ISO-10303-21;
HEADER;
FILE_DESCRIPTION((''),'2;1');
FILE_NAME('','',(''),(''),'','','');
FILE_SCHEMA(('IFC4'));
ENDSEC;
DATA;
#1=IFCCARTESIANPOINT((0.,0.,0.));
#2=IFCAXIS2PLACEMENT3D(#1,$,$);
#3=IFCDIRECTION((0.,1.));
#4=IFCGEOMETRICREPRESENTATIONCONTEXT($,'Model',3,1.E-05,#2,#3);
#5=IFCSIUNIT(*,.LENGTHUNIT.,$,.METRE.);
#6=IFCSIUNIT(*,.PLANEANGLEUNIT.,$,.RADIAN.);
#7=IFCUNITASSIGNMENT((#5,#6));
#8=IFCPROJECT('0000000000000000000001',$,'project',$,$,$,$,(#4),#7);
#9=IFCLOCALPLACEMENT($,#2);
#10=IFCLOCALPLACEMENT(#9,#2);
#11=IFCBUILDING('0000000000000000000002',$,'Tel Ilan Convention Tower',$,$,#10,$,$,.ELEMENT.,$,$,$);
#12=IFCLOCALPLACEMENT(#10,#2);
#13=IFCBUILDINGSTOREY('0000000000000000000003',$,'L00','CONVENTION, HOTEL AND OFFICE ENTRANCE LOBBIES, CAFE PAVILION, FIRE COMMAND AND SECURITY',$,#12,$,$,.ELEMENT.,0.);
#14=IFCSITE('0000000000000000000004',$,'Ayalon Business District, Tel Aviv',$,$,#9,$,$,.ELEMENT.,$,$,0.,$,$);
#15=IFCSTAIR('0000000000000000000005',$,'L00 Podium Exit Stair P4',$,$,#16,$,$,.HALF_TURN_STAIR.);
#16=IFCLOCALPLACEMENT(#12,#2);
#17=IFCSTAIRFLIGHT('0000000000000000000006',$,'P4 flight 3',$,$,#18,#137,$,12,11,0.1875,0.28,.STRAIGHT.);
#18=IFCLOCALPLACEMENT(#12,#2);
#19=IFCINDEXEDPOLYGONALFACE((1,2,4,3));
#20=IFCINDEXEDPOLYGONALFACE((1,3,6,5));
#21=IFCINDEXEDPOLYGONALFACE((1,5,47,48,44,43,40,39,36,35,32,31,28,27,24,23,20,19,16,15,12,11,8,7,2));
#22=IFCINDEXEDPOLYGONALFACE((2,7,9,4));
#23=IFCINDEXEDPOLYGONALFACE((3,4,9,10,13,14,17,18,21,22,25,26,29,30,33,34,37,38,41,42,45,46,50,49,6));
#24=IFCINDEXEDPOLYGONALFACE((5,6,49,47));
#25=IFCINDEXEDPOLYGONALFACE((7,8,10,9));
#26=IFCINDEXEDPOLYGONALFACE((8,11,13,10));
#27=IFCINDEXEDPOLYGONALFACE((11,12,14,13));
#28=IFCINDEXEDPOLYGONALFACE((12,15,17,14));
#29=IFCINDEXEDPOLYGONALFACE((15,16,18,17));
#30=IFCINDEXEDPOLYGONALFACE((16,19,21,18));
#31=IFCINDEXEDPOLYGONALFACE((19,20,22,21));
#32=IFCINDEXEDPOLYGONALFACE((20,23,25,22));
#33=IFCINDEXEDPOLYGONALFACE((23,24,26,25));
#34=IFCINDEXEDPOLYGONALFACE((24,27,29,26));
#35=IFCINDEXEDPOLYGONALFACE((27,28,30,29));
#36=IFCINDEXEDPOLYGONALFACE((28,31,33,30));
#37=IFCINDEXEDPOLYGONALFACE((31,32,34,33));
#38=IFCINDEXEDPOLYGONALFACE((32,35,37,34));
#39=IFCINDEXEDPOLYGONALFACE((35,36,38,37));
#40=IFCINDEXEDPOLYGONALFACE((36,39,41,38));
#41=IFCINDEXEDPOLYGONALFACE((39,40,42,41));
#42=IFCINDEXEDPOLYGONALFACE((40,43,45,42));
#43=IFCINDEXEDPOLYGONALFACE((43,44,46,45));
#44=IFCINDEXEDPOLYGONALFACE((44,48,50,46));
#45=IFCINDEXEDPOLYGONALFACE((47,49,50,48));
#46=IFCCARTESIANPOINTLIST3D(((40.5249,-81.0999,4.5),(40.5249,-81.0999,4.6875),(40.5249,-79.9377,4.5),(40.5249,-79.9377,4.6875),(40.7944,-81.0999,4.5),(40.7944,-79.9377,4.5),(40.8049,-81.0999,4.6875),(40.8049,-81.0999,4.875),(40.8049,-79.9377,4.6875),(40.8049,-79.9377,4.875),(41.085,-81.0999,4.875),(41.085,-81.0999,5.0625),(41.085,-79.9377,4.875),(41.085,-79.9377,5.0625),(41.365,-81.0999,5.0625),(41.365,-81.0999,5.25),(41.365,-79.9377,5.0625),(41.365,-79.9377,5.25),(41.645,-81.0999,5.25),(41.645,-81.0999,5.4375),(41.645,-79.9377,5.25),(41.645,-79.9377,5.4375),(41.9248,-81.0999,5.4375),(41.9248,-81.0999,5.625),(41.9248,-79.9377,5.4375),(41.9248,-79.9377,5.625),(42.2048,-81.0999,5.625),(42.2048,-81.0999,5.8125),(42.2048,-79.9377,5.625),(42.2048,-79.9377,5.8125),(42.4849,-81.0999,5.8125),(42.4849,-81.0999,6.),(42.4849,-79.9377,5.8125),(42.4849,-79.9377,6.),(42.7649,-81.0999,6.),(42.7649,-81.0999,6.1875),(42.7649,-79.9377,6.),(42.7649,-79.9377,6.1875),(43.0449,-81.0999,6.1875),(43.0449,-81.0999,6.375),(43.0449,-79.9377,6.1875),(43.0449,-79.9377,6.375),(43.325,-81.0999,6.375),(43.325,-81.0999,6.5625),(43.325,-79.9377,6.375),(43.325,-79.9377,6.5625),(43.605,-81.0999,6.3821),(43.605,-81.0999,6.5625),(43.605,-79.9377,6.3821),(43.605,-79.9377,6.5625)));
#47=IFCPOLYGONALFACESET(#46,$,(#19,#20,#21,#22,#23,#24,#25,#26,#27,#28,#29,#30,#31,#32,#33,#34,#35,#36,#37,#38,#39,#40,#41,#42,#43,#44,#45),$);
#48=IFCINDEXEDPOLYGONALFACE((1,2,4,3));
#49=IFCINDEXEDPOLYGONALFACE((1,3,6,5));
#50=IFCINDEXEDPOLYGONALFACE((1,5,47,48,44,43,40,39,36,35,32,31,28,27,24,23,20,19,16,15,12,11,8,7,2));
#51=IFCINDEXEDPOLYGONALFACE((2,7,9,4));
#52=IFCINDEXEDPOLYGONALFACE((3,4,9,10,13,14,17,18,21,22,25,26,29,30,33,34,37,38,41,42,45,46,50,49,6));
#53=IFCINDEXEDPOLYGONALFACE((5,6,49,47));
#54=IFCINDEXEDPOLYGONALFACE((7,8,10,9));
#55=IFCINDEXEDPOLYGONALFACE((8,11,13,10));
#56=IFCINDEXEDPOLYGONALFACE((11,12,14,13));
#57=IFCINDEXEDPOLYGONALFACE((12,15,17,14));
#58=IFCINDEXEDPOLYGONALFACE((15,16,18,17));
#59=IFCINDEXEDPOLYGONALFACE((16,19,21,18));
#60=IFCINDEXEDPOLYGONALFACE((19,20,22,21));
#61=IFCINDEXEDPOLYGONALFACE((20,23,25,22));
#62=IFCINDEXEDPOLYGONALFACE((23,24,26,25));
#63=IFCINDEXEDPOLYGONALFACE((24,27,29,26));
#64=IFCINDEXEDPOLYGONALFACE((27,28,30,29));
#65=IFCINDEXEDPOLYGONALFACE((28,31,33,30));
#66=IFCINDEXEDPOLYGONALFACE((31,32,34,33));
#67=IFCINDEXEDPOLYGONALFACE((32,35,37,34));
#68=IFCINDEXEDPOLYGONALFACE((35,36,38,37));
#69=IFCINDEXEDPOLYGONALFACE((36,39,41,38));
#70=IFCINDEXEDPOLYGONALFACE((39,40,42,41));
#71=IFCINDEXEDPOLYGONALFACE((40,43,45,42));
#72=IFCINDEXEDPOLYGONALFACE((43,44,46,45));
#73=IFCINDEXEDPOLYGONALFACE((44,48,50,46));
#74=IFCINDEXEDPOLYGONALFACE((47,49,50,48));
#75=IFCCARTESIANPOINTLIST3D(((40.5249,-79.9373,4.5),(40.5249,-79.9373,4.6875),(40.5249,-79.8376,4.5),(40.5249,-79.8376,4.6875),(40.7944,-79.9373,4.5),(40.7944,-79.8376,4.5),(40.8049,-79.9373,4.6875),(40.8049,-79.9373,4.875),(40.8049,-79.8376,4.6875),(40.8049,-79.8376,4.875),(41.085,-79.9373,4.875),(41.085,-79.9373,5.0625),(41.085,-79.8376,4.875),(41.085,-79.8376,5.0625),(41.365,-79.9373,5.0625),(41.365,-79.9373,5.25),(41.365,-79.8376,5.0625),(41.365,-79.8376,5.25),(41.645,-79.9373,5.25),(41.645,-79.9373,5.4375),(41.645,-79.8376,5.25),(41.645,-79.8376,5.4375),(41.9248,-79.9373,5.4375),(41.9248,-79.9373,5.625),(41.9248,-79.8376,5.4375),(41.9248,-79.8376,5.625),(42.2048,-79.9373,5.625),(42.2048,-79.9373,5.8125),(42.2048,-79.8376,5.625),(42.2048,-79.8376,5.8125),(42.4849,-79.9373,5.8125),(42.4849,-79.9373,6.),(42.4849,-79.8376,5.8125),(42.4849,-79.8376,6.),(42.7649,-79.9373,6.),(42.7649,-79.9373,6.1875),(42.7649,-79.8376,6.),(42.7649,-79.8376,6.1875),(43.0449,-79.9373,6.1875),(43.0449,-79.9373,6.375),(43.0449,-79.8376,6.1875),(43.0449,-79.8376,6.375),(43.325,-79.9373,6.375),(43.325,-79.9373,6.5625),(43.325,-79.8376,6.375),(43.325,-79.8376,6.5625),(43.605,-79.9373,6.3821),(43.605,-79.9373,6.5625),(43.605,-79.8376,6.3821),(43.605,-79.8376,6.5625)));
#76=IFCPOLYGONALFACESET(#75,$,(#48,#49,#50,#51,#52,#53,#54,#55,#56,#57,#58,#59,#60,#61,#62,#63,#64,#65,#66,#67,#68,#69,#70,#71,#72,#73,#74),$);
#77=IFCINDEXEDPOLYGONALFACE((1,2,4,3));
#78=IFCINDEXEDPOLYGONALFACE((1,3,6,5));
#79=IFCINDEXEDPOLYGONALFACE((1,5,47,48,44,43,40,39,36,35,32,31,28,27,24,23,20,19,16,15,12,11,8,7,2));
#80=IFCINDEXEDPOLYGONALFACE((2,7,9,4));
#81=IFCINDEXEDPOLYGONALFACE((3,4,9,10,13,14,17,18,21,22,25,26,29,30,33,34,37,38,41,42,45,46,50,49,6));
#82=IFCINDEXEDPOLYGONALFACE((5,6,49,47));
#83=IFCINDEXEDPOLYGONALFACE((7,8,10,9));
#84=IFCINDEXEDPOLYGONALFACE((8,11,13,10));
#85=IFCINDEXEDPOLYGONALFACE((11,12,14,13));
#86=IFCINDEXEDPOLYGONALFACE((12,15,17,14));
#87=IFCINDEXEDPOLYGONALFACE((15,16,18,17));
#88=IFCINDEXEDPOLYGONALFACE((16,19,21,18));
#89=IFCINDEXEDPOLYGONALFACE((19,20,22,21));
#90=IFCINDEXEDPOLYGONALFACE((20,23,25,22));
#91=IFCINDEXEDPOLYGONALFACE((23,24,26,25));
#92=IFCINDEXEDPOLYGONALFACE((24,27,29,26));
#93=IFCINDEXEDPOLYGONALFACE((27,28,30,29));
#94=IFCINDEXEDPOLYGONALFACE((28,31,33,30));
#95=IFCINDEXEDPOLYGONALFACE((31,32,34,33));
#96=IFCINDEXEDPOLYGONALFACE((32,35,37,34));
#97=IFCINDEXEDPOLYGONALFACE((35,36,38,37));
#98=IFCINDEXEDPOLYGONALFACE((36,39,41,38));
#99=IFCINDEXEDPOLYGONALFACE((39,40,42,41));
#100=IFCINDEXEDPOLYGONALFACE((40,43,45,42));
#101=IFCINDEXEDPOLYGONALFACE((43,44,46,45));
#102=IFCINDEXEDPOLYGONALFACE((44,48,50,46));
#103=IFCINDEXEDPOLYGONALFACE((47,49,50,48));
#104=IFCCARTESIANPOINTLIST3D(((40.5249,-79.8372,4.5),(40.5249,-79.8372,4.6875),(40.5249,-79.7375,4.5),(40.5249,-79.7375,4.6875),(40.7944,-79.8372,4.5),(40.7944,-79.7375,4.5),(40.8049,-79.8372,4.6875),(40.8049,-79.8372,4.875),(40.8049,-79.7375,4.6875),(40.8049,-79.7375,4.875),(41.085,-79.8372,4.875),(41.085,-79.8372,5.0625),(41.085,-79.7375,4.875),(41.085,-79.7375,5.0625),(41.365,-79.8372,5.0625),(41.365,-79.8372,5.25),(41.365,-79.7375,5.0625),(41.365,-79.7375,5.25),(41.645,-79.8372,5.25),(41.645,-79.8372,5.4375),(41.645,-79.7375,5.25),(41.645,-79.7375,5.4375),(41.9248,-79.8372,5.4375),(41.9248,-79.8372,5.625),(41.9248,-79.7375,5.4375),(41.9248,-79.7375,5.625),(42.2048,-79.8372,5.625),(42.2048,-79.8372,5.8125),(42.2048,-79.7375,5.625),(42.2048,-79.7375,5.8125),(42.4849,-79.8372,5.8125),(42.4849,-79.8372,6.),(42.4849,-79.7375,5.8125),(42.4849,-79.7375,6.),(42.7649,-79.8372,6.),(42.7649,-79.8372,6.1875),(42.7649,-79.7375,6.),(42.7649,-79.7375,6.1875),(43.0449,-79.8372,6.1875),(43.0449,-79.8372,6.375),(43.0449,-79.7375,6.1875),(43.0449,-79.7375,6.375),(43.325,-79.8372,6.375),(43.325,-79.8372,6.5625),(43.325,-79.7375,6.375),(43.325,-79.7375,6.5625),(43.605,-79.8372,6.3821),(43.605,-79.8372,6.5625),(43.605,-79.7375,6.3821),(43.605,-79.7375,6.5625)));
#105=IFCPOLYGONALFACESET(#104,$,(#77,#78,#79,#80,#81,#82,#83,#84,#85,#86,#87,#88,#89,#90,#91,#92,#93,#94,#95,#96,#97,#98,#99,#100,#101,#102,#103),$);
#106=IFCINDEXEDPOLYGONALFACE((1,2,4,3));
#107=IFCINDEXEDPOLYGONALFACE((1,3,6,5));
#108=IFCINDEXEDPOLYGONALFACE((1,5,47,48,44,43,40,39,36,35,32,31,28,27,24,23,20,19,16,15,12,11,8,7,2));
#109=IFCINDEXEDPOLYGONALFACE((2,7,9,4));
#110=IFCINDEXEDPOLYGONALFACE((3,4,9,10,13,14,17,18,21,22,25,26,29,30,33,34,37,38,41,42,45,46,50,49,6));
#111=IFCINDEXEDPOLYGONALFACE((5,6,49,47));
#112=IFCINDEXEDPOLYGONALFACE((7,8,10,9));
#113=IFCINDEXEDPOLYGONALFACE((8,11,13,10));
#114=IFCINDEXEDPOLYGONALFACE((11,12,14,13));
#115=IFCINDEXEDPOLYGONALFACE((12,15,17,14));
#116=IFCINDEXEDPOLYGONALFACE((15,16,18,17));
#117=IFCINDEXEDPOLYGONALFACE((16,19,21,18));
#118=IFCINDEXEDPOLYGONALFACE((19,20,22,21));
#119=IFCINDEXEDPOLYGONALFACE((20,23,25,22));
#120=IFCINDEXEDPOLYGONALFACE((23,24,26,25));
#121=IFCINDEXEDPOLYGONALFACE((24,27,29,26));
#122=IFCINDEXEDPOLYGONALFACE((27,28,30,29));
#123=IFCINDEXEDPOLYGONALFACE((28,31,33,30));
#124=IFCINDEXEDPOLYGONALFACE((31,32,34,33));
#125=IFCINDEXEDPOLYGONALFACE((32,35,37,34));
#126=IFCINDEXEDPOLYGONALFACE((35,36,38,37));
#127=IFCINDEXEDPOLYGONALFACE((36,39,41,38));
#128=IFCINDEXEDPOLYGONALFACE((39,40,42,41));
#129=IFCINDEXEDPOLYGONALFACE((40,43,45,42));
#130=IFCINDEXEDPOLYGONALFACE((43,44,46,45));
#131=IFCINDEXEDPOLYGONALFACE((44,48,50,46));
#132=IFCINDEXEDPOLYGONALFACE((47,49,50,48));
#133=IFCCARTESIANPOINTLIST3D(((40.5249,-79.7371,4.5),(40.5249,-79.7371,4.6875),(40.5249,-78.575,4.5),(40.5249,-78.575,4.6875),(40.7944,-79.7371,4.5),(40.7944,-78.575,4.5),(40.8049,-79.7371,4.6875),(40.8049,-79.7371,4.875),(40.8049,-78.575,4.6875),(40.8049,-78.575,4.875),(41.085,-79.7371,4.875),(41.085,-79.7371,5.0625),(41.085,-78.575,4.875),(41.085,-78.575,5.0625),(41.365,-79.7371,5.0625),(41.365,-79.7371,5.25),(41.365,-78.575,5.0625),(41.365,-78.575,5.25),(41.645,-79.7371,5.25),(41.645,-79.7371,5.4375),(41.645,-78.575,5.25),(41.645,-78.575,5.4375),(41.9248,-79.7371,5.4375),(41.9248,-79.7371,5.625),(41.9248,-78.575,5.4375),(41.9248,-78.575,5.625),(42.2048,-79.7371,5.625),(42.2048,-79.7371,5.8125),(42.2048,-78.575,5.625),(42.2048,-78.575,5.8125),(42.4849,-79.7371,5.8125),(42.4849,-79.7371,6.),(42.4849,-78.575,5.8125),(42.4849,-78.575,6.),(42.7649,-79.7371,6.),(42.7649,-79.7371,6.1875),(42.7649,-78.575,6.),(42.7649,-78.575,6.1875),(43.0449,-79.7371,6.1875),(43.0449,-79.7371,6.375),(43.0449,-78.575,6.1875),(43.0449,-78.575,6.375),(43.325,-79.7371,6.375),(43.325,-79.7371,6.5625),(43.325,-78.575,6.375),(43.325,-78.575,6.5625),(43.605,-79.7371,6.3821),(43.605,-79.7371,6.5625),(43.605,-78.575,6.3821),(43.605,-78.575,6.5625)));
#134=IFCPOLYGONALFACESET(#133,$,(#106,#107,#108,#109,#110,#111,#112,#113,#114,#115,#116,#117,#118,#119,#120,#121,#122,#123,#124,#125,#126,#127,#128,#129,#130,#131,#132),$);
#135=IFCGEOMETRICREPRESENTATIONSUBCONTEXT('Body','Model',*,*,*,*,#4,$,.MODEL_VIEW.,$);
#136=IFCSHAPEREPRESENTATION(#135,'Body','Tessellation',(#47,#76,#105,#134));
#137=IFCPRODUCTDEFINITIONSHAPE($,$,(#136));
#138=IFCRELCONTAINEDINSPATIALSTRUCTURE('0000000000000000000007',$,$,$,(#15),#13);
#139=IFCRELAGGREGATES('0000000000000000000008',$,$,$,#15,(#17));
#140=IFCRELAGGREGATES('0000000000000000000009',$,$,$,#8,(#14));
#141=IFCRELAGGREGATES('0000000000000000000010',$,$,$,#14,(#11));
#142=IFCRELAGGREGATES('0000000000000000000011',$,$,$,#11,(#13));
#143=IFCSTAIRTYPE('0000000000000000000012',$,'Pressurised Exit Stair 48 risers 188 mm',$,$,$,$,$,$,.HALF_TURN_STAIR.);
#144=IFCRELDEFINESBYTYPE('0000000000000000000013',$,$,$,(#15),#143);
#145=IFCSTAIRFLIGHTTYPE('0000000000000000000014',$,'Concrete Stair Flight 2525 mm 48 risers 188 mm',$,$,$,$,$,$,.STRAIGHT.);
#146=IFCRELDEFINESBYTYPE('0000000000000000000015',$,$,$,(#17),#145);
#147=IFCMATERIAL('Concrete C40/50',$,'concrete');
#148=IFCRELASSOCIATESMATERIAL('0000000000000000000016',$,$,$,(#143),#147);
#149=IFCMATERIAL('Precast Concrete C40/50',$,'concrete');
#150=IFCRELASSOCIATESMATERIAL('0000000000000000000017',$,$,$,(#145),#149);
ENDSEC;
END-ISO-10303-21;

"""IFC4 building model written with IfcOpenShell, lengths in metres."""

from ifc_helpers import new_model, si_unit, direction, frame, origin, place, context, subcontext, project, spatial, polyline, outline, extrude, material, type_object, element, aggregate, save


model = new_model("IFC4")

# Units and contexts
model_context = context("Model", 3, precision=1e-05, world=origin(), true_north=direction((0.0, 1.0)))
body_context = subcontext(model_context, "Body", "Model", "MODEL_VIEW")
ifc_project = project(units=[si_unit("LENGTHUNIT", "METRE"), si_unit("PLANEANGLEUNIT", "RADIAN")], contexts=[model_context])

# Site, building, storey
site_placement = place(None, origin())
site = spatial("IfcSite", under=ifc_project, at=site_placement, Name="Ayalon Business District, Tel Aviv", CompositionType="ELEMENT", RefElevation=0.0)
building_placement = place(site_placement, origin())
building = spatial("IfcBuilding", under=site, at=building_placement, Name="Tel Ilan Convention Tower", CompositionType="ELEMENT")
storey_placement = place(building_placement, origin())
storey = spatial("IfcBuildingStorey", under=building, at=storey_placement, Name="L00", Description="CONVENTION, HOTEL AND OFFICE ENTRANCE LOBBIES, CAFE PAVILION, FIRE COMMAND AND SECURITY", CompositionType="ELEMENT", Elevation=0.0)

# Stair, stair flight
ifc_material_1 = material(Name="Concrete C40/50", Category="concrete")
stair_type = type_object("IfcStairType", Name="Pressurised Exit Stair 48 risers 188 mm", PredefinedType="HALF_TURN_STAIR", material=ifc_material_1)
stair_placement = place(storey_placement, origin())
stair = element("IfcStair", 1, at=stair_placement, inside=storey, type_object=stair_type, Name="L00 Podium Exit Stair P4", PredefinedType="HALF_TURN_STAIR")
ifc_material_2 = material(Name="Precast Concrete C40/50", Category="concrete")
stair_flight_type = type_object("IfcStairFlightType", Name="Concrete Stair Flight 2525 mm 48 risers 188 mm", PredefinedType="STRAIGHT", material=ifc_material_2)
stair_flight_1_placement = place(storey_placement, frame((40.5249, -79.8374, 4.5), z_axis=(0.0, 0.0, 1.0), x_axis=(1.0, 0.0, 0.0)))
stair_flight_1 = element("IfcStairFlight", 2, at=stair_flight_1_placement, type_object=stair_flight_type, Name="P4 flight 3", NumberOfRisers=12, NumberOfTreads=11, PredefinedType="STRAIGHT", RiserHeight=0.1875, TreadLength=0.28, context=body_context, shape_type="SweptSolid", body=[
    extrude(outline(polyline([(0.0, 0.0), (0.0, 0.1875), (0.28, 0.1875), (0.28, 0.375), (0.5601, 0.375), (0.5601, 0.5625), (0.8401, 0.5625), (0.8401, 0.75), (1.1201, 0.75), (1.1201, 0.9375), (1.3999, 0.9375), (1.3999, 1.125), (1.6799, 1.125), (1.6799, 1.3125), (1.96, 1.3125), (1.96, 1.5), (2.24, 1.5), (2.24, 1.6875), (2.52, 1.6875), (2.52, 1.875), (2.8, 1.875), (2.8, 2.0625), (3.0801, 2.0625), (3.0801, 2.25), (3.0801, 1.8821), (0.2695, 0.0), (0.0, 0.0)])), frame((0.0, -0.1003, 0.0), z_axis=(0.0, -1.0, 0.0), x_axis=(1.0, 0.0, 0.0)), (0.0, 0.0, 1.0), 1.1621),
    extrude(outline(polyline([(0.0, 0.0), (0.0, 0.1875), (0.28, 0.1875), (0.28, 0.375), (0.5601, 0.375), (0.5601, 0.5625), (0.8401, 0.5625), (0.8401, 0.75), (1.1201, 0.75), (1.1201, 0.9375), (1.3999, 0.9375), (1.3999, 1.125), (1.6799, 1.125), (1.6799, 1.3125), (1.96, 1.3125), (1.96, 1.5), (2.24, 1.5), (2.24, 1.6875), (2.52, 1.6875), (2.52, 1.875), (2.8, 1.875), (2.8, 2.0625), (3.0801, 2.0625), (3.0801, 2.25), (3.0801, 1.8821), (0.2695, 0.0), (0.0, 0.0)])), frame((0.0, -0.0002, 0.0), z_axis=(0.0, -1.0, 0.0), x_axis=(1.0, 0.0, 0.0)), (0.0, 0.0, 1.0), 0.0996),
    extrude(outline(polyline([(0.0, 0.0), (0.0, 0.1875), (0.28, 0.1875), (0.28, 0.375), (0.5601, 0.375), (0.5601, 0.5625), (0.8401, 0.5625), (0.8401, 0.75), (1.1201, 0.75), (1.1201, 0.9375), (1.3999, 0.9375), (1.3999, 1.125), (1.6799, 1.125), (1.6799, 1.3125), (1.96, 1.3125), (1.96, 1.5), (2.24, 1.5), (2.24, 1.6875), (2.52, 1.6875), (2.52, 1.875), (2.8, 1.875), (2.8, 2.0625), (3.0801, 2.0625), (3.0801, 2.25), (3.0801, 1.8821), (0.2695, 0.0), (0.0, 0.0)])), frame((0.0, 0.0999, 0.0), z_axis=(0.0, -1.0, 0.0), x_axis=(1.0, 0.0, 0.0)), (0.0, 0.0, 1.0), 0.0996),
    extrude(outline(polyline([(0.0, 0.0), (0.0, 0.1875), (0.28, 0.1875), (0.28, 0.375), (0.5601, 0.375), (0.5601, 0.5625), (0.8401, 0.5625), (0.8401, 0.75), (1.1201, 0.75), (1.1201, 0.9375), (1.3999, 0.9375), (1.3999, 1.125), (1.6799, 1.125), (1.6799, 1.3125), (1.96, 1.3125), (1.96, 1.5), (2.24, 1.5), (2.24, 1.6875), (2.52, 1.6875), (2.52, 1.875), (2.8, 1.875), (2.8, 2.0625), (3.0801, 2.0625), (3.0801, 2.25), (3.0801, 1.8821), (0.2695, 0.0), (0.0, 0.0)])), frame((0.0, 1.2625, 0.0), z_axis=(0.0, -1.0, 0.0), x_axis=(1.0, 0.0, 0.0)), (0.0, 0.0, 1.0), 1.1621),
])
aggregate(stair, [stair_flight_1])

save(model, "model.ifc")
